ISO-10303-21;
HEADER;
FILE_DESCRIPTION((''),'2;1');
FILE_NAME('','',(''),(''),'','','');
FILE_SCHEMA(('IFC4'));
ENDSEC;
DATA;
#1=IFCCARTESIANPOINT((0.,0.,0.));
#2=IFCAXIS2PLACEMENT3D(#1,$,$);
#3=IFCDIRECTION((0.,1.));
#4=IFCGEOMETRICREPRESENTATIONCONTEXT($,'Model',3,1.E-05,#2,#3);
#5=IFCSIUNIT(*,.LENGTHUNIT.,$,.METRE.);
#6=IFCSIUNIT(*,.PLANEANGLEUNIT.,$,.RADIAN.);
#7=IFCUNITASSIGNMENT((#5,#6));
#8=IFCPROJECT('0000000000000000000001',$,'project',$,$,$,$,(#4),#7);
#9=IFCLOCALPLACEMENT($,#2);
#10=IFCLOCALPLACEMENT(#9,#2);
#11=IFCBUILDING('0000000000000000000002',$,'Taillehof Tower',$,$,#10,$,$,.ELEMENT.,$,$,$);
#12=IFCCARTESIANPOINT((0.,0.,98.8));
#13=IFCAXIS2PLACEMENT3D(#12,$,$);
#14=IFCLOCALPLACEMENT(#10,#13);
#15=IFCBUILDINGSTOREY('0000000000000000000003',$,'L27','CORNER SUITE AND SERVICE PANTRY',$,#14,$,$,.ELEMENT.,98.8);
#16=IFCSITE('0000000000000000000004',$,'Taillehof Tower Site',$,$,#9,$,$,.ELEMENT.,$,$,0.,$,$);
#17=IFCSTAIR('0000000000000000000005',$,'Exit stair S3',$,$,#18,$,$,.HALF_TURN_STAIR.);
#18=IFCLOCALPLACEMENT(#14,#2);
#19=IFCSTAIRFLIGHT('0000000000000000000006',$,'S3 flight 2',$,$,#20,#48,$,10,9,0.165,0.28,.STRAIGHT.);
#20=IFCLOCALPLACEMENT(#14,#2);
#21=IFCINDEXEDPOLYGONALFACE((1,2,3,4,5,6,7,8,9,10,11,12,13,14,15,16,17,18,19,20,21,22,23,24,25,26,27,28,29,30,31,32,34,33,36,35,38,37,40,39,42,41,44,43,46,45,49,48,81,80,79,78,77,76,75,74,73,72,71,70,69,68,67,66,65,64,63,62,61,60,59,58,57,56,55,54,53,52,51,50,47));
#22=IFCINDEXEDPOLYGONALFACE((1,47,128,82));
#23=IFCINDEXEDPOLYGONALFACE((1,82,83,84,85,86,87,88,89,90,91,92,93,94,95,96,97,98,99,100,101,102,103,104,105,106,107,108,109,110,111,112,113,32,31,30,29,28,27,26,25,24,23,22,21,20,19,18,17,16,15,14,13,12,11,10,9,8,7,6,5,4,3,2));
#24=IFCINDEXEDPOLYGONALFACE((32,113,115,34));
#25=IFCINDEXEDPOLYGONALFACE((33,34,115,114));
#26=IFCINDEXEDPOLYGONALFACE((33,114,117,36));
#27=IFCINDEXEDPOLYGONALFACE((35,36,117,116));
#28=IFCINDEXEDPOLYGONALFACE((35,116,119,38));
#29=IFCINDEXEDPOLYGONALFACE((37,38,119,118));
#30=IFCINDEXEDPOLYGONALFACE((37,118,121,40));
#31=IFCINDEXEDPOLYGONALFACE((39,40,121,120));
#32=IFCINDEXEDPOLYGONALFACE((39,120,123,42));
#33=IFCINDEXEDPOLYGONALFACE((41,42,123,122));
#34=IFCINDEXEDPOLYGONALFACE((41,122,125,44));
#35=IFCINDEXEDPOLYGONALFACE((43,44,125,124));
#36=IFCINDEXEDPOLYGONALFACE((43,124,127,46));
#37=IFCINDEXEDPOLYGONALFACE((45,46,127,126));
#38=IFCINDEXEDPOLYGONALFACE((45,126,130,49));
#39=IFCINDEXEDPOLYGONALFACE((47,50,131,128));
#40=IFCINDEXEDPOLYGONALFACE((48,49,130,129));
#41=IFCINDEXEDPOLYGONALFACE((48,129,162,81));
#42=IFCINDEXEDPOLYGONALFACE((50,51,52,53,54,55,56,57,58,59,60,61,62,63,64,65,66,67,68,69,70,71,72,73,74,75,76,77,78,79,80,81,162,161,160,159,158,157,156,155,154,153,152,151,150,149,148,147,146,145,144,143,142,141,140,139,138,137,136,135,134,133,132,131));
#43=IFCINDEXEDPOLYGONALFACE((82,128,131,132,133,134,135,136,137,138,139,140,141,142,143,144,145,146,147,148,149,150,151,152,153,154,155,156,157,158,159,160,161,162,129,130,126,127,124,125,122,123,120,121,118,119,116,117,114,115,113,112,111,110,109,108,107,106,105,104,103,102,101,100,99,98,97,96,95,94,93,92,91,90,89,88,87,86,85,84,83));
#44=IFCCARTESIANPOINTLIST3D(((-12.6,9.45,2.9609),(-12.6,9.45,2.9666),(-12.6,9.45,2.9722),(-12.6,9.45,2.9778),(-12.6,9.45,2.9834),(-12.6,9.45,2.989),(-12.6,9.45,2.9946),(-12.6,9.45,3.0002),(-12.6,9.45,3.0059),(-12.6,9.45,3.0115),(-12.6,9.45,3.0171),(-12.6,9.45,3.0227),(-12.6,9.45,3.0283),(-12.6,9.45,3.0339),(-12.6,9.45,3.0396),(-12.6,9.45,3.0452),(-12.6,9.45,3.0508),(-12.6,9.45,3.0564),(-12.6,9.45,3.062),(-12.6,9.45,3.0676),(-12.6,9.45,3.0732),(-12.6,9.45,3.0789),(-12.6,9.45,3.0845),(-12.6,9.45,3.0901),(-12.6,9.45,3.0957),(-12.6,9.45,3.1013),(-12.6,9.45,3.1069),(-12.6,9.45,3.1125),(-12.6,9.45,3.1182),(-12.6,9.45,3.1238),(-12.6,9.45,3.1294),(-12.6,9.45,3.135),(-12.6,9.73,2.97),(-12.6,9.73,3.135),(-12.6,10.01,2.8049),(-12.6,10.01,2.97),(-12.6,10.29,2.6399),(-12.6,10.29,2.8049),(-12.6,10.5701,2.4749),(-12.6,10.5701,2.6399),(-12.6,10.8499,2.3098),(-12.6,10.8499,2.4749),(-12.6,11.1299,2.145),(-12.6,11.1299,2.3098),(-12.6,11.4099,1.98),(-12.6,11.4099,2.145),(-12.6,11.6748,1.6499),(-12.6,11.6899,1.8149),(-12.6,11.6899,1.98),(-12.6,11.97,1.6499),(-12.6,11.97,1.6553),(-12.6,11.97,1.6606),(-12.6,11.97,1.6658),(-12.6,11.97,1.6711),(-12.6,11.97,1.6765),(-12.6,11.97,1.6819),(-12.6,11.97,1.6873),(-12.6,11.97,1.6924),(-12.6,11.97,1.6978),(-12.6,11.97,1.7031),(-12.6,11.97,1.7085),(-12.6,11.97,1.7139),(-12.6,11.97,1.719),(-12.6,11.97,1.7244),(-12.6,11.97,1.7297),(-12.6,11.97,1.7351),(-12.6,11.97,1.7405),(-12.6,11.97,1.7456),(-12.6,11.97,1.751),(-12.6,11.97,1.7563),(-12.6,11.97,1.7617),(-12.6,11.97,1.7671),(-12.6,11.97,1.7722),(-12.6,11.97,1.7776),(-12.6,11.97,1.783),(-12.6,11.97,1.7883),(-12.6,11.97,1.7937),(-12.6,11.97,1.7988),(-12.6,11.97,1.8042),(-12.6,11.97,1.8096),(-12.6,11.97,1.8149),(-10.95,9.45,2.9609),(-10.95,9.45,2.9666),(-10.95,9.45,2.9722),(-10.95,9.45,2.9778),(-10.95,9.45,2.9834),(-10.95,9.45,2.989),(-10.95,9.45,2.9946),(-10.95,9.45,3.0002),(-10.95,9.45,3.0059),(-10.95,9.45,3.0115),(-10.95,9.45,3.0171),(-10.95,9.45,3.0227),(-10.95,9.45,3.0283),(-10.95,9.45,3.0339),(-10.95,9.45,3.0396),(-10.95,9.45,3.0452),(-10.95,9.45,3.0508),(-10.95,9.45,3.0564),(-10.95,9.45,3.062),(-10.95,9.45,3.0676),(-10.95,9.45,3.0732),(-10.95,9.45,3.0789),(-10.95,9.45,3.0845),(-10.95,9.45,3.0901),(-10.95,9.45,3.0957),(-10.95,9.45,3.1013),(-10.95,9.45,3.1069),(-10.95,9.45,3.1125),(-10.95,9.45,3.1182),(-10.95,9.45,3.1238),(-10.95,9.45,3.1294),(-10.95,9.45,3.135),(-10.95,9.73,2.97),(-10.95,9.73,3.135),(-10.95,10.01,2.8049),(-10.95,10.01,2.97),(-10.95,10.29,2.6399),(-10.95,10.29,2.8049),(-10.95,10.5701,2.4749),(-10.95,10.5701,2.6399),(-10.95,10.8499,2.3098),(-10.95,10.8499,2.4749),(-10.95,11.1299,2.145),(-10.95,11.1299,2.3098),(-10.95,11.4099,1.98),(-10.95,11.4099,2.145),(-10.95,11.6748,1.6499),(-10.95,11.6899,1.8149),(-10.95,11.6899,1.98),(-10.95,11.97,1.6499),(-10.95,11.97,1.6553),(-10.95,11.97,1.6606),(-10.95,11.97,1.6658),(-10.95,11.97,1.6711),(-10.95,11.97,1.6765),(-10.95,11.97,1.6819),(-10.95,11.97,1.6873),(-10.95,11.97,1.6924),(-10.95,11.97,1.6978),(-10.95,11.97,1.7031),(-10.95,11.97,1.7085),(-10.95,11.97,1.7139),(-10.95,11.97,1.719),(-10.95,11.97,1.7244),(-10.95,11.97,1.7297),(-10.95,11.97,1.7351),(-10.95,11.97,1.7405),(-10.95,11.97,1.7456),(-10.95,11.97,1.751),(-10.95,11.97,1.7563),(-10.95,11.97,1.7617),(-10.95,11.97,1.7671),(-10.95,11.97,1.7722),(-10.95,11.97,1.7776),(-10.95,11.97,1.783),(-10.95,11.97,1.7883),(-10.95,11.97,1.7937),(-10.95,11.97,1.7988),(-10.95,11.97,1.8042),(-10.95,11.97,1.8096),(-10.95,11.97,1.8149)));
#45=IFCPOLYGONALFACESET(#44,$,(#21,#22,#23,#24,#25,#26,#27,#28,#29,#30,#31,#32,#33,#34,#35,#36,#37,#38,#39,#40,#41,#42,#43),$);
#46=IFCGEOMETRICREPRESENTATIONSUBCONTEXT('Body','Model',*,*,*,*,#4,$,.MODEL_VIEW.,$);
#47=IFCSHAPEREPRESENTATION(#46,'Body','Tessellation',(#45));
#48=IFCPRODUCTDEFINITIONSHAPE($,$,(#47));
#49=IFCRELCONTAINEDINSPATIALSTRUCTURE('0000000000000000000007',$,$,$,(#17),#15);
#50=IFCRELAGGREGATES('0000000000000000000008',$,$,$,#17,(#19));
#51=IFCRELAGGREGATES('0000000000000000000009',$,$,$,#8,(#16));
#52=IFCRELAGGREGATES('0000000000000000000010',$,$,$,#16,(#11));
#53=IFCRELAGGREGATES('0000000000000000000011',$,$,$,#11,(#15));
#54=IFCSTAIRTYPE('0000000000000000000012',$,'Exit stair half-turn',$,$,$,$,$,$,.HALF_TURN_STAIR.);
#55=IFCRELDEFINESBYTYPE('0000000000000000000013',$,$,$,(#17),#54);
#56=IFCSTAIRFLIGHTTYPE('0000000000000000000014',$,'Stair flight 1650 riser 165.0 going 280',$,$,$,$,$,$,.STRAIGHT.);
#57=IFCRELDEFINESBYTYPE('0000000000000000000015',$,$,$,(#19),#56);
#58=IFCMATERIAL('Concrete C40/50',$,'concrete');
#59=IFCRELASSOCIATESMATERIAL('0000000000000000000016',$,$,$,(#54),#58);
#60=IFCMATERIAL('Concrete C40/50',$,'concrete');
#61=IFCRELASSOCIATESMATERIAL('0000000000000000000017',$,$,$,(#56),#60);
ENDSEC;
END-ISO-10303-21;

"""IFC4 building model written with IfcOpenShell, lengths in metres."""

from ifc_helpers import new_model, si_unit, direction, frame, origin, place, context, subcontext, project, spatial, polyline, outline, extrude, material, type_object, element, aggregate, save


model = new_model("IFC4")

# Units and contexts
model_context = context("Model", 3, precision=1e-05, world=origin(), true_north=direction((0.0, 1.0)))
body_context = subcontext(model_context, "Body", "Model", "MODEL_VIEW")
ifc_project = project(units=[si_unit("LENGTHUNIT", "METRE"), si_unit("PLANEANGLEUNIT", "RADIAN")], contexts=[model_context])

# Site, building, storey
site_placement = place(None, origin())
site = spatial("IfcSite", under=ifc_project, at=site_placement, Name="Taillehof Tower Site", CompositionType="ELEMENT", RefElevation=0.0)
building_placement = place(site_placement, origin())
building = spatial("IfcBuilding", under=site, at=building_placement, Name="Taillehof Tower", CompositionType="ELEMENT")
storey_placement = place(building_placement, frame((0.0, 0.0, 98.8)))
storey = spatial("IfcBuildingStorey", under=building, at=storey_placement, Name="L27", Description="CORNER SUITE AND SERVICE PANTRY", CompositionType="ELEMENT", Elevation=98.8)

# Stair, stair flight
ifc_material_1 = material(Name="Concrete C40/50", Category="concrete")
stair_type = type_object("IfcStairType", Name="Exit stair half-turn", PredefinedType="HALF_TURN_STAIR", material=ifc_material_1)
stair_placement = place(storey_placement, origin())
stair = element("IfcStair", 1, at=stair_placement, inside=storey, type_object=stair_type, Name="Exit stair S3", PredefinedType="HALF_TURN_STAIR")
ifc_material_2 = material(Name="Concrete C40/50", Category="concrete")
stair_flight_type = type_object("IfcStairFlightType", Name="Stair flight 1650 riser 165.0 going 280", PredefinedType="STRAIGHT", material=ifc_material_2)
stair_flight_1_placement = place(storey_placement, frame((-11.7749, 11.97, 1.6499), z_axis=(0.0, 0.0, 1.0), x_axis=(0.0, -1.0, 0.0)))
stair_flight_1 = element("IfcStairFlight", 2, at=stair_flight_1_placement, type_object=stair_flight_type, Name="S3 flight 2", NumberOfRisers=10, NumberOfTreads=9, PredefinedType="STRAIGHT", RiserHeight=0.165, TreadLength=0.28, context=body_context, shape_type="SweptSolid", body=[
    extrude(outline(polyline([(0.0, 0.0), (0.0, 0.0054), (0.0, 0.0107), (0.0, 0.0159), (0.0, 0.0212), (0.0, 0.0266), (0.0, 0.032), (0.0, 0.0374), (0.0, 0.0425), (0.0, 0.0479), (0.0, 0.0532), (0.0, 0.0586), (0.0, 0.064), (0.0, 0.0691), (0.0, 0.0745), (0.0, 0.0798), (0.0, 0.0852), (0.0, 0.0906), (0.0, 0.0957), (0.0, 0.1011), (0.0, 0.1064), (0.0, 0.1118), (0.0, 0.1172), (0.0, 0.1223), (0.0, 0.1277), (0.0, 0.1331), (0.0, 0.1384), (0.0, 0.1438), (0.0, 0.1489), (0.0, 0.1543), (0.0, 0.1597), (0.0, 0.165), (0.28, 0.165), (0.28, 0.3301), (0.5601, 0.3301), (0.5601, 0.4951), (0.8401, 0.4951), (0.8401, 0.6599), (1.1201, 0.6599), (1.1201, 0.825), (1.3999, 0.825), (1.3999, 0.99), (1.6799, 0.99), (1.6799, 1.155), (1.96, 1.155), (1.96, 1.3201), (2.24, 1.3201), (2.24, 1.4851), (2.52, 1.4851), (2.52, 1.4795), (2.52, 1.4739), (2.52, 1.4683), (2.52, 1.4626), (2.52, 1.457), (2.52, 1.4514), (2.52, 1.4458), (2.52, 1.4402), (2.52, 1.4346), (2.52, 1.429), (2.52, 1.4233), (2.52, 1.4177), (2.52, 1.4121), (2.52, 1.4065), (2.52, 1.4009), (2.52, 1.3953), (2.52, 1.3896), (2.52, 1.384), (2.52, 1.3784), (2.52, 1.3728), (2.52, 1.3672), (2.52, 1.3616), (2.52, 1.356), (2.52, 1.3503), (2.52, 1.3447), (2.52, 1.3391), (2.52, 1.3335), (2.52, 1.3279), (2.52, 1.3223), (2.52, 1.3167), (2.52, 1.311), (0.2952, 0.0), (0.0, 0.0)])), frame((0.0, 0.825, 0.0), z_axis=(0.0, -1.0, 0.0), x_axis=(1.0, 0.0, 0.0)), (0.0, 0.0, 1.0), 1.65),
])
aggregate(stair, [stair_flight_1])

save(model, "model.ifc")
